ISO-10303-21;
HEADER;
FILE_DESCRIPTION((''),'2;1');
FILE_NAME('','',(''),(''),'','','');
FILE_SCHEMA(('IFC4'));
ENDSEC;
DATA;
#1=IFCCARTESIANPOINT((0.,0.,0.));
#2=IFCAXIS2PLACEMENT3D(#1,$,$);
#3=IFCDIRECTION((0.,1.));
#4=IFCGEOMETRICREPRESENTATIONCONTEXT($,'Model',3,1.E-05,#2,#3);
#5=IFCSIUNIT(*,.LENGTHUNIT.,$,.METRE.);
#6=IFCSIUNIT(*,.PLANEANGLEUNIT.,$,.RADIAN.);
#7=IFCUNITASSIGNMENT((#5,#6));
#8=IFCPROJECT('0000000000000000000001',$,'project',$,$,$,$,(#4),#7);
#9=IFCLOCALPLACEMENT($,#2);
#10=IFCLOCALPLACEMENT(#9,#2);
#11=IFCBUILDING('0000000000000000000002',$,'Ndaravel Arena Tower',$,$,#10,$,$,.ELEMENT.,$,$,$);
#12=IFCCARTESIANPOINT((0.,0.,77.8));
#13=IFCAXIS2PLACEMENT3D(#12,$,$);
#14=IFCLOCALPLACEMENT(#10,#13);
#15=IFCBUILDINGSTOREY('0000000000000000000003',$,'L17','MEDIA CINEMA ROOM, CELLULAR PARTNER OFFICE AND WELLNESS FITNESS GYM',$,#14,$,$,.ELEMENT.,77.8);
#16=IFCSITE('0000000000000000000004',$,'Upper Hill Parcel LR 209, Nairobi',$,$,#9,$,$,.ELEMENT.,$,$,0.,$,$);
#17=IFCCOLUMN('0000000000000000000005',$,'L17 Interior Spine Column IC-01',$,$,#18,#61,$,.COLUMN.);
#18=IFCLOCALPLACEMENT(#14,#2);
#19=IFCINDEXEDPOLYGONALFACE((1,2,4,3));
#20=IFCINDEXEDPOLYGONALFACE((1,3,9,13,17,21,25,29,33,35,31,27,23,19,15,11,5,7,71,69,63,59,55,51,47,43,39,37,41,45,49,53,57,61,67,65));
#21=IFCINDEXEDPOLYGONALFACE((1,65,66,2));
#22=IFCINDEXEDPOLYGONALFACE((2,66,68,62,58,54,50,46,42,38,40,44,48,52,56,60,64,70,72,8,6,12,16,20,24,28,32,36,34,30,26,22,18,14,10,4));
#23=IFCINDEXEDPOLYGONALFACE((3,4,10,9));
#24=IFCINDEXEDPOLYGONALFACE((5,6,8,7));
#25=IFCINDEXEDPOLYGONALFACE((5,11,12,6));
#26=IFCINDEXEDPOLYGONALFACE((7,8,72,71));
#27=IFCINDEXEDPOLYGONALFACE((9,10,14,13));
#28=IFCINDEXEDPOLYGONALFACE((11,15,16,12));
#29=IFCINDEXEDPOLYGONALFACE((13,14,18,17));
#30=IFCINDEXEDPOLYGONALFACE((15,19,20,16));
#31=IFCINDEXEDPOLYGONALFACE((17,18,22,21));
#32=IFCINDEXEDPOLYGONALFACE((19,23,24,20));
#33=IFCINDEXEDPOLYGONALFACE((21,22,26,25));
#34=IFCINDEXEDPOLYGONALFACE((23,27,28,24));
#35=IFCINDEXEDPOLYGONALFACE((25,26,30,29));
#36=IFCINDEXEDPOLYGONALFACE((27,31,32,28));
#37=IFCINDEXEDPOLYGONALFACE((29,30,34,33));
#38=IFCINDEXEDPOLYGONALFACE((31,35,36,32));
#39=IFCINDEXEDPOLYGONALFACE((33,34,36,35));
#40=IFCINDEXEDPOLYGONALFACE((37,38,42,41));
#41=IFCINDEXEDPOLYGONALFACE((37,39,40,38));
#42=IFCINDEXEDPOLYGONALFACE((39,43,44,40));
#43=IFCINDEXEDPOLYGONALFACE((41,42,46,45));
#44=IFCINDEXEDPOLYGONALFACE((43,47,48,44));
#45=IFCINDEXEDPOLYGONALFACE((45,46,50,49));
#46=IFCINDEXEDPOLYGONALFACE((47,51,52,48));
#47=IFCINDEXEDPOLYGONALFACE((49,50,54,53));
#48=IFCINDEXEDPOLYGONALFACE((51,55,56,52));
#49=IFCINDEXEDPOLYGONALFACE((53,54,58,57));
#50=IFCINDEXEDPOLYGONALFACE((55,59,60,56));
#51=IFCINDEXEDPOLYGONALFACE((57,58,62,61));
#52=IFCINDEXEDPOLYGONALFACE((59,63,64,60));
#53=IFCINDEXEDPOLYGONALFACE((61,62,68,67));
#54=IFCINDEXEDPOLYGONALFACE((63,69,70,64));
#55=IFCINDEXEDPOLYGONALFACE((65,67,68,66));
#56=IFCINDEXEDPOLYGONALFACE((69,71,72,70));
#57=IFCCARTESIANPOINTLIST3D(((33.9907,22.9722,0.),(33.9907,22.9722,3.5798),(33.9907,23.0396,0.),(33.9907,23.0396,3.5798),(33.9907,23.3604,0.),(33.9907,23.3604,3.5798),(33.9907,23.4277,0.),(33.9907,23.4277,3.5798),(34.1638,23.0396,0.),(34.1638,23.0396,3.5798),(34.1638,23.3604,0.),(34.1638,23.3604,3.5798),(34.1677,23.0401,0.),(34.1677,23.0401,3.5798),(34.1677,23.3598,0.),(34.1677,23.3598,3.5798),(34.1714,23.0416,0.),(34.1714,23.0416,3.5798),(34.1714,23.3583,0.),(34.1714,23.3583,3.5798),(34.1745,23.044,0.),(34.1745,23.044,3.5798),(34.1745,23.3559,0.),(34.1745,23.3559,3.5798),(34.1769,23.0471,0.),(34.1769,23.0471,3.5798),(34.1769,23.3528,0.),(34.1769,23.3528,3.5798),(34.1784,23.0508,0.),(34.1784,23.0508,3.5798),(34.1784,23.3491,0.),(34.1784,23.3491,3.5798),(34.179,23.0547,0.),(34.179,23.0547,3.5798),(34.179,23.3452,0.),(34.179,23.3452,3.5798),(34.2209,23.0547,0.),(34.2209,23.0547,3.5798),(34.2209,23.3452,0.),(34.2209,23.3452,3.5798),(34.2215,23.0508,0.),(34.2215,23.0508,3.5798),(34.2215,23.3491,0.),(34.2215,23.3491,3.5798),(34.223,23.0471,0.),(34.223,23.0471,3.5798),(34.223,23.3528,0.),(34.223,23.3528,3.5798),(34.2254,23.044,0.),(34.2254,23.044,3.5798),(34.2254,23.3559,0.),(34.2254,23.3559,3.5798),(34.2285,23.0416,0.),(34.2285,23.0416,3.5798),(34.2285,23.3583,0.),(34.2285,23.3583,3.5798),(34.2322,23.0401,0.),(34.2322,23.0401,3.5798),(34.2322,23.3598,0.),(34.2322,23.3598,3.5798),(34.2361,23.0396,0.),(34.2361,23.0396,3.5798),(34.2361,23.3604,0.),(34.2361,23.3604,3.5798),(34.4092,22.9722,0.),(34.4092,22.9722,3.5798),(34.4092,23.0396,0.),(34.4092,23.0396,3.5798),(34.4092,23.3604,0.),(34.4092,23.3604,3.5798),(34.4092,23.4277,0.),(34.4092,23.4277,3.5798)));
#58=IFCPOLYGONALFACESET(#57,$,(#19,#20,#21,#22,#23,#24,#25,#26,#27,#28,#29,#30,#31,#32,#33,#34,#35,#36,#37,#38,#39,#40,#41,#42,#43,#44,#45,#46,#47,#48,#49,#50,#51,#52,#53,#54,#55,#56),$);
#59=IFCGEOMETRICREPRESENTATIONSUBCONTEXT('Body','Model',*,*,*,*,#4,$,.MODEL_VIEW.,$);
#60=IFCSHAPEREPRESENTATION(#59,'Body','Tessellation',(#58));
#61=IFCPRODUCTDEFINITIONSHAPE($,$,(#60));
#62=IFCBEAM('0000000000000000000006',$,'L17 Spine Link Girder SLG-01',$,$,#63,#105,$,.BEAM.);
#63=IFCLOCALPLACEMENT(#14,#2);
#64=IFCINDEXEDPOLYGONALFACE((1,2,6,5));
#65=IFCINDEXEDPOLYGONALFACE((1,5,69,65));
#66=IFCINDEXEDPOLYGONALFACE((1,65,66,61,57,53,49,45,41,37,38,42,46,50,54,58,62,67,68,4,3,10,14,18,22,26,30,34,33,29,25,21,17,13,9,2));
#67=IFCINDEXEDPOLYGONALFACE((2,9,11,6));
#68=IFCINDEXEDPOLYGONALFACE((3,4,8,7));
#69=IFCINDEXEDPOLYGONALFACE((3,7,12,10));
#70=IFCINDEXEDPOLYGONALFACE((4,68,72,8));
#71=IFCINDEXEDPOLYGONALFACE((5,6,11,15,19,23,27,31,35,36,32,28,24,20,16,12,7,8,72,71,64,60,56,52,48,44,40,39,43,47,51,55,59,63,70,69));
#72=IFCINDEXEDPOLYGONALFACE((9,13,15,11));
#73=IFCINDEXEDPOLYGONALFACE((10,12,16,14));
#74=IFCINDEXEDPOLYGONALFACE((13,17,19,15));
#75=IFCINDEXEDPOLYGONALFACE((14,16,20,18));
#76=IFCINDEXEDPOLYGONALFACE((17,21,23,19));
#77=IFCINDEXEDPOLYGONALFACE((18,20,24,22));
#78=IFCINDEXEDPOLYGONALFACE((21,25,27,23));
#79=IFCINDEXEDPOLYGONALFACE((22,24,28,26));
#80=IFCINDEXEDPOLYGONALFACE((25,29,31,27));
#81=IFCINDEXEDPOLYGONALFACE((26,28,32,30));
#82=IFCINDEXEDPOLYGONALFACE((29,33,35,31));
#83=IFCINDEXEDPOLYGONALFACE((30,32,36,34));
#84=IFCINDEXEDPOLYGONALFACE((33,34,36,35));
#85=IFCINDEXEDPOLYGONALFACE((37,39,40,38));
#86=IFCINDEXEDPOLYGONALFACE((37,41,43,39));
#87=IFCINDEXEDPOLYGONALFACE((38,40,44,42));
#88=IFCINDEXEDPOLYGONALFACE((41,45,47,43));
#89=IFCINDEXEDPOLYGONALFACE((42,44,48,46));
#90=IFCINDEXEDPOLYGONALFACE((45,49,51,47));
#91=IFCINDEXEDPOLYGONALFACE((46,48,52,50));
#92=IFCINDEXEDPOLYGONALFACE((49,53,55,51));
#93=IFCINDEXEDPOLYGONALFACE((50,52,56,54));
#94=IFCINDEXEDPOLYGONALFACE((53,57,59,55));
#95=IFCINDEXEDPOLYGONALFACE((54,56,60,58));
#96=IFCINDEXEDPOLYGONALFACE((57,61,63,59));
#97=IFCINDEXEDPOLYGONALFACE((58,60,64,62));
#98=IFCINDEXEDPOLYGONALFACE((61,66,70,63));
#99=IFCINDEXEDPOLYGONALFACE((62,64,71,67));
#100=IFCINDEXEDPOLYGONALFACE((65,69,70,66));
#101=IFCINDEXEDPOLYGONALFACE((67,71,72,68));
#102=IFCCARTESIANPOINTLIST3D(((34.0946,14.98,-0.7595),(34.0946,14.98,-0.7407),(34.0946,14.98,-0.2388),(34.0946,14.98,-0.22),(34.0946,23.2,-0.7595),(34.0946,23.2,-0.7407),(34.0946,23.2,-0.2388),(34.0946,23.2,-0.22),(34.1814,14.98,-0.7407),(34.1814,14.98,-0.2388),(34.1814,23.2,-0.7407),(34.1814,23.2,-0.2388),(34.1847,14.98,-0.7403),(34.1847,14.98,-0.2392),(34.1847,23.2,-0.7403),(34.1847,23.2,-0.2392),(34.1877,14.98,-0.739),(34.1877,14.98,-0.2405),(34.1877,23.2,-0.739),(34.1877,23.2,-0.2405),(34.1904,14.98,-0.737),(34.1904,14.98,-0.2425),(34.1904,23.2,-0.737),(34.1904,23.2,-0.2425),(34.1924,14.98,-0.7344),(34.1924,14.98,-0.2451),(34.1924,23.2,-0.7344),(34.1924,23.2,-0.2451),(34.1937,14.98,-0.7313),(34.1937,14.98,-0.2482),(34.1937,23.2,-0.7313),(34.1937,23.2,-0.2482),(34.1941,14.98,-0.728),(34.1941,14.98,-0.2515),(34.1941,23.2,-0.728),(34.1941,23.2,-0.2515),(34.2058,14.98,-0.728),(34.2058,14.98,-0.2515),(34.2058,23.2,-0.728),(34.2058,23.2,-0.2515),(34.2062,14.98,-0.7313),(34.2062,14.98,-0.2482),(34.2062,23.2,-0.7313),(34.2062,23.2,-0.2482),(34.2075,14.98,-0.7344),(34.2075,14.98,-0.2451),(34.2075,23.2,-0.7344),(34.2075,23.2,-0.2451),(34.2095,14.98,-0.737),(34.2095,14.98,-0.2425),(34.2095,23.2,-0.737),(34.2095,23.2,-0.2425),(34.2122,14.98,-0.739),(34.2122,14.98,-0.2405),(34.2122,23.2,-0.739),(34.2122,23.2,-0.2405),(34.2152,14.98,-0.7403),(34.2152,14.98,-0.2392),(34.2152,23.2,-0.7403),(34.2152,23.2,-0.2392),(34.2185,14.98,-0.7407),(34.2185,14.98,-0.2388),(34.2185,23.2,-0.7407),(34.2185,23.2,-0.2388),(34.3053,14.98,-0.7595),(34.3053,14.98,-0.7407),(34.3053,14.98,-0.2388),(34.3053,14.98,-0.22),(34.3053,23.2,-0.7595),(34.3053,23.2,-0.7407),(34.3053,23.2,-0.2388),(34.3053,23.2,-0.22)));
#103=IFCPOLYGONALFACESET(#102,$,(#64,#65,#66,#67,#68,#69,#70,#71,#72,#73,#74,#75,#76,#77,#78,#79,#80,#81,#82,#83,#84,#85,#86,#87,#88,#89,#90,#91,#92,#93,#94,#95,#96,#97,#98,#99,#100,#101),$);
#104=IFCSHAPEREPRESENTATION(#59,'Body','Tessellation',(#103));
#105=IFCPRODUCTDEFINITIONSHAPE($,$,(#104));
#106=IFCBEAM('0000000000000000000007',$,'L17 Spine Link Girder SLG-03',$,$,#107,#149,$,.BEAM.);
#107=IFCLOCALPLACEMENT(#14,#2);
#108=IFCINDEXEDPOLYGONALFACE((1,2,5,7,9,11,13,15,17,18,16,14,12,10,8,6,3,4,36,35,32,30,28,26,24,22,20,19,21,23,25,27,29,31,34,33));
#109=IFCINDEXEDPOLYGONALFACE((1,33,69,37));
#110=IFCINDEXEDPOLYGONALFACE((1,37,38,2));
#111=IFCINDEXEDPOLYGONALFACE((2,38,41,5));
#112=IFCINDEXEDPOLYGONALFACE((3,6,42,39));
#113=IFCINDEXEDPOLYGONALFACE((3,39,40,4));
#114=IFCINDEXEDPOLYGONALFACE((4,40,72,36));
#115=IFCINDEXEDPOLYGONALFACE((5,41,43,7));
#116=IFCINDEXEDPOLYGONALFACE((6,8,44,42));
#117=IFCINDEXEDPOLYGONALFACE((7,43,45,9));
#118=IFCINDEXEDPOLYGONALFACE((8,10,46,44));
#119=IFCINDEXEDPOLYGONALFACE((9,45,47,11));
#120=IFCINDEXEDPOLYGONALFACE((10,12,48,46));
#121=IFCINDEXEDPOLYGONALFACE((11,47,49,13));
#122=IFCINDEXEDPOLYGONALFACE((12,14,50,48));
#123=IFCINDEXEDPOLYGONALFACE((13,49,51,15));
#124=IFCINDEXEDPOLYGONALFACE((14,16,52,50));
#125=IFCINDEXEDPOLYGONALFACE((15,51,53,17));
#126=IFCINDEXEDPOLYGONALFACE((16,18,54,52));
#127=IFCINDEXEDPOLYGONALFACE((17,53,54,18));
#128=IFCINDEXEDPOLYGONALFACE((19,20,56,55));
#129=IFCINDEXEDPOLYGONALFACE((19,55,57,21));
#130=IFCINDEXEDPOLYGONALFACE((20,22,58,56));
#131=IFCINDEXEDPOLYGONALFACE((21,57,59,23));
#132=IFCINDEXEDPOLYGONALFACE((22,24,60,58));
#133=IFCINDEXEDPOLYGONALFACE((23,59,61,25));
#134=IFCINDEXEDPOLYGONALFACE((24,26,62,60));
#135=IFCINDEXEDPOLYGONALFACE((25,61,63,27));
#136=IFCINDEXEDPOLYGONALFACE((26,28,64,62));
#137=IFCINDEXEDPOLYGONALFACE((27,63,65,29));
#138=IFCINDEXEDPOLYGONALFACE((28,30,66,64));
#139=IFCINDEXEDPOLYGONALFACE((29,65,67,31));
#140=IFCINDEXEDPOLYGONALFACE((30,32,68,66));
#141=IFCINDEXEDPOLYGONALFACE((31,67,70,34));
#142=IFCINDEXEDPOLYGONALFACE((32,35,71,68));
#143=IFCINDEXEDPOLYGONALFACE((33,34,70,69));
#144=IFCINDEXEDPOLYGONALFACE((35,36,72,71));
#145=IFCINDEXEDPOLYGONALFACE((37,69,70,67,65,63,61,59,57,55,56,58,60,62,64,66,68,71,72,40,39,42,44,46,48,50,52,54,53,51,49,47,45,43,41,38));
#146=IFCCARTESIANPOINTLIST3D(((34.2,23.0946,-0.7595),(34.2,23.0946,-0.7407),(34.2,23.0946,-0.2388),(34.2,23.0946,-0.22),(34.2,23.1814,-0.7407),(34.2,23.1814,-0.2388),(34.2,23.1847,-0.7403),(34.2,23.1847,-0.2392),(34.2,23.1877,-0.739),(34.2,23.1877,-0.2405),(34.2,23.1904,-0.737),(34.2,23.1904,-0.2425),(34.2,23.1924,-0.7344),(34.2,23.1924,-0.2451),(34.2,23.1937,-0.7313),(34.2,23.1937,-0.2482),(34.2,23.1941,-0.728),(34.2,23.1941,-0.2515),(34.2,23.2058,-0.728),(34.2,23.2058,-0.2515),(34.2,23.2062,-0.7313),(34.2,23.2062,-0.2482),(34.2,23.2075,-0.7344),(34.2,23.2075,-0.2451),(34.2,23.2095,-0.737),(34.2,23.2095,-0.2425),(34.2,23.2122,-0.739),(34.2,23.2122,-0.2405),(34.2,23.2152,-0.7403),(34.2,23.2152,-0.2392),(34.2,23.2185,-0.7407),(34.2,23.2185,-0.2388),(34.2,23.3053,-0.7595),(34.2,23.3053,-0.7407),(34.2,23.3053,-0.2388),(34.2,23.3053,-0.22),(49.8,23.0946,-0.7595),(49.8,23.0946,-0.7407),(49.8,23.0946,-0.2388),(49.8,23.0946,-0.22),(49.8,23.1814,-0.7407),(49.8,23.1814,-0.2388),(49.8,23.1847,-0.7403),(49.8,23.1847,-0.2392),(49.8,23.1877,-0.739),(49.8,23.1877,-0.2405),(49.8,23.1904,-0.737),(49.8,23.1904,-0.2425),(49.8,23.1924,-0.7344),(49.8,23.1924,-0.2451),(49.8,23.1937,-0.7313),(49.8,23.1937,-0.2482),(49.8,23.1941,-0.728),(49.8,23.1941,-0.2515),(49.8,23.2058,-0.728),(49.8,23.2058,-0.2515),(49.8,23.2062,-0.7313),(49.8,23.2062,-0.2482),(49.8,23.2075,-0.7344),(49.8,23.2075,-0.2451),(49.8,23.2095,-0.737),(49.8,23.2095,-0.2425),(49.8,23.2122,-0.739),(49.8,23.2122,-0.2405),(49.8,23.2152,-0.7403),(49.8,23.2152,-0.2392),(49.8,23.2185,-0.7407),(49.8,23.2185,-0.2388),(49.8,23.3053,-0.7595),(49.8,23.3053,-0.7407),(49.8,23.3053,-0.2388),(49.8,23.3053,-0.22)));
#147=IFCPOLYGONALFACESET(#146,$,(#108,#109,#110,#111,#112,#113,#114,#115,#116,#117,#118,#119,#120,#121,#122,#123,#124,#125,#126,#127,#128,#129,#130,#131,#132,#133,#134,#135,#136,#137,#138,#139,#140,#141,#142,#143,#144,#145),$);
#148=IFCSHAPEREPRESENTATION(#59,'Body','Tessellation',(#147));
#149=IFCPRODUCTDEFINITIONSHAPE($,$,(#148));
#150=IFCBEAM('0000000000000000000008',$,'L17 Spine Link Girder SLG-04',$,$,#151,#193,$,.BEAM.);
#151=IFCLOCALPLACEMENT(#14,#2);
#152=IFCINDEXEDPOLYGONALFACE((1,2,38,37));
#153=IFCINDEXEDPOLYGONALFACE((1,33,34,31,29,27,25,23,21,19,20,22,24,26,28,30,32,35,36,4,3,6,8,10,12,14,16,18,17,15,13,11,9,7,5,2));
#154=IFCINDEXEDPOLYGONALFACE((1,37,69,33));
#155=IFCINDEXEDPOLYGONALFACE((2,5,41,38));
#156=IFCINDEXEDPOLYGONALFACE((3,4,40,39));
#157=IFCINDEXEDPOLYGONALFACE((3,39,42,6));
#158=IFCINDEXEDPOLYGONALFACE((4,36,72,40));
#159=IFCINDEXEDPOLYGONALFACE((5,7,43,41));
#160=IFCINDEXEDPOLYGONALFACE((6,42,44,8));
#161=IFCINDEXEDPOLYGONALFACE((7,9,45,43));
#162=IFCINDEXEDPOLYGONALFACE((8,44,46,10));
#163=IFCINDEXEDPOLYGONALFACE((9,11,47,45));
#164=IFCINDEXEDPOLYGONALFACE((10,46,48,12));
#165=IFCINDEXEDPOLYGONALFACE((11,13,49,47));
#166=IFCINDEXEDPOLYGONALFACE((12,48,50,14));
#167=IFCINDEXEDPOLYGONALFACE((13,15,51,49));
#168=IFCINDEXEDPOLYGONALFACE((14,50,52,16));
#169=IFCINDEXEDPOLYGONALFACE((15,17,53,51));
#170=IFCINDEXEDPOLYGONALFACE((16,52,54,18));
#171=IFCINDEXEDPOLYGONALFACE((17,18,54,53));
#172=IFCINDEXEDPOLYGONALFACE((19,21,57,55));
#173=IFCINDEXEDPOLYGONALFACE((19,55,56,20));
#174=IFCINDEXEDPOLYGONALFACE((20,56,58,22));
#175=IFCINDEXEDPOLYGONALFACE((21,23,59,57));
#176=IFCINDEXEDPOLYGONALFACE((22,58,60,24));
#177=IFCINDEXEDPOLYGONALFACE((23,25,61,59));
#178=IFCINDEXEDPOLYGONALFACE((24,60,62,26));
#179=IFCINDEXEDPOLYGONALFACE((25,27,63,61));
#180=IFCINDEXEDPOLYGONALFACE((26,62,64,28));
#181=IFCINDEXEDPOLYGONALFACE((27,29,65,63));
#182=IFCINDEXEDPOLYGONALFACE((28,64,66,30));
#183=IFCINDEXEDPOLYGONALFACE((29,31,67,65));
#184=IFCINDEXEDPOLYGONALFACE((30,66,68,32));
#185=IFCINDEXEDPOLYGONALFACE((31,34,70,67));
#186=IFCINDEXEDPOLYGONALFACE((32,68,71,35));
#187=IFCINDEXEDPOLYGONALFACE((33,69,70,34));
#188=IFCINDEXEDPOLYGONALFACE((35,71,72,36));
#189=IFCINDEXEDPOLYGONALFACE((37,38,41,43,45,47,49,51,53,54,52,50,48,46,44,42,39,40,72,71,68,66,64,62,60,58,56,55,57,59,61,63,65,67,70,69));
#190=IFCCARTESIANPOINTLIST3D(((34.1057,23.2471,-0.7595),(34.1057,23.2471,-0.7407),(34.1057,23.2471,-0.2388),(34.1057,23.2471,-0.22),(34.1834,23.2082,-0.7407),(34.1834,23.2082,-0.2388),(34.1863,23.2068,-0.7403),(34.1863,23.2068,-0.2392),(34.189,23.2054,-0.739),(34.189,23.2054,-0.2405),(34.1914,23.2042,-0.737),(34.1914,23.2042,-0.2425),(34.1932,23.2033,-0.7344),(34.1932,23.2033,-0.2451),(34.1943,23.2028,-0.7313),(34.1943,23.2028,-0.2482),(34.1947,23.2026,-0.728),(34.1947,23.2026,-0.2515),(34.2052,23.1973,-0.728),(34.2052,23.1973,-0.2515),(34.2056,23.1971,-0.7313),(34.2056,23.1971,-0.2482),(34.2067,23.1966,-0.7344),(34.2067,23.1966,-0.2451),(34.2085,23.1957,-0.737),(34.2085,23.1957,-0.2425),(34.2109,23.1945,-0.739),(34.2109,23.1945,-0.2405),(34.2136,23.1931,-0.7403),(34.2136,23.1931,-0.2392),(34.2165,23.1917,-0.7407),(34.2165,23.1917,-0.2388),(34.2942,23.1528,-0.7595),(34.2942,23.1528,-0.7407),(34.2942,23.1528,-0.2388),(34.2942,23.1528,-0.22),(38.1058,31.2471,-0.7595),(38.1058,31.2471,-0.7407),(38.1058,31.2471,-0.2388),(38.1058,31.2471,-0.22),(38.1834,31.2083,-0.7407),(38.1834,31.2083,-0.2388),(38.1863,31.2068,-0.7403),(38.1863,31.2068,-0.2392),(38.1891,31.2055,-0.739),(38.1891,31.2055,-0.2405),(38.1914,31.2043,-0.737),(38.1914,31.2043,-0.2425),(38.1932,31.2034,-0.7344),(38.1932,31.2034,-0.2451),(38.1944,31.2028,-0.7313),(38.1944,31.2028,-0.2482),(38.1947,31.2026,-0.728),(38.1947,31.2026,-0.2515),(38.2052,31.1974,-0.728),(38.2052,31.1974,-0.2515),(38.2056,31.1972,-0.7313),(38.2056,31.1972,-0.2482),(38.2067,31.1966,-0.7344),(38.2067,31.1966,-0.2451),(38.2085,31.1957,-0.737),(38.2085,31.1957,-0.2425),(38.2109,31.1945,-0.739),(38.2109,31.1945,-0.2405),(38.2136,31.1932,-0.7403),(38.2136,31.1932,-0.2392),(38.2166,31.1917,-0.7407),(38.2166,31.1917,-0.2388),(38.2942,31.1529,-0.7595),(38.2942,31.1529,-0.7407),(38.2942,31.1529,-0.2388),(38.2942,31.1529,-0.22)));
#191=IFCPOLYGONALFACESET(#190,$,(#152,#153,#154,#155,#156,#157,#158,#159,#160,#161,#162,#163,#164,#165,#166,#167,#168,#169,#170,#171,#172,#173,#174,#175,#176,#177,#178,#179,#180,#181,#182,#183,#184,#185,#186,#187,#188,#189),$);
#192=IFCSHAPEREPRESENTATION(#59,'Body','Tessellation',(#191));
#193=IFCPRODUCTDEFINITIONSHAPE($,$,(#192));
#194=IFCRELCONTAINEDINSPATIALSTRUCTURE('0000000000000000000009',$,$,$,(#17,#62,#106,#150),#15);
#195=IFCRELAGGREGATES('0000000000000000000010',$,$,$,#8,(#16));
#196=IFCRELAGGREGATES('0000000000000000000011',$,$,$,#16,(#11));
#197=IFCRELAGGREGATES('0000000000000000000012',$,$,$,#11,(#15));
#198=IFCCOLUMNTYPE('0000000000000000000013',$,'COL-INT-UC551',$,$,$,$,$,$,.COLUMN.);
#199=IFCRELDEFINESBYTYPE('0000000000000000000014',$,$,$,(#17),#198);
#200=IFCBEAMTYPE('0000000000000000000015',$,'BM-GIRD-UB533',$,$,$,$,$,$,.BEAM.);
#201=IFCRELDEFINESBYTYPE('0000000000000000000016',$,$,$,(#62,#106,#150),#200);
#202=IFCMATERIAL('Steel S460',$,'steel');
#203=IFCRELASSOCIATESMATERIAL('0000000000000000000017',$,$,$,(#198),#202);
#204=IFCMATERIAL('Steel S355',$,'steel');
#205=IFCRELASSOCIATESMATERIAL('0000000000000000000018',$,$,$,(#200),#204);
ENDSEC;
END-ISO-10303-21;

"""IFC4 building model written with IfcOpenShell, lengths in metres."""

from ifc_helpers import new_model, si_unit, direction, frame, origin, origin_2d, place, context, subcontext, project, spatial, i_section, extrude, material, material_profile, profile_set, type_object, element, save


model = new_model("IFC4")

# Units and contexts
model_context = context("Model", 3, precision=1e-05, world=origin(), true_north=direction((0.0, 1.0)))
body_context = subcontext(model_context, "Body", "Model", "MODEL_VIEW")
ifc_project = project(units=[si_unit("LENGTHUNIT", "METRE"), si_unit("PLANEANGLEUNIT", "RADIAN")], contexts=[model_context])

# Site, building, storey
site_placement = place(None, origin())
site = spatial("IfcSite", under=ifc_project, at=site_placement, Name="Upper Hill Parcel LR 209, Nairobi", CompositionType="ELEMENT", RefElevation=0.0)
building_placement = place(site_placement, origin())
building = spatial("IfcBuilding", under=site, at=building_placement, Name="Ndaravel Arena Tower", CompositionType="ELEMENT")
storey_placement = place(building_placement, frame((0.0, 0.0, 77.8)))
storey = spatial("IfcBuildingStorey", under=building, at=storey_placement, Name="L17", Description="MEDIA CINEMA ROOM, CELLULAR PARTNER OFFICE AND WELLNESS FITNESS GYM", CompositionType="ELEMENT", Elevation=77.8)

# Column
ifc_material_1 = material(Name="Steel S460", Category="steel")
ifc_material_profile_1 = material_profile(ifc_material_1, i_section(OverallWidth=0.4185, OverallDepth=0.4556, WebThickness=0.042, FlangeThickness=0.0674, FilletRadius=0.0151, at=origin_2d()), Name="UC 356x406x551")
ifc_profile_set_1 = profile_set([ifc_material_profile_1], Name="Steel S460")
column_type = type_object("IfcColumnType", Name="COL-INT-UC551", PredefinedType="COLUMN", material=ifc_profile_set_1)
column_placement = place(storey_placement, frame((34.2, 23.2, 0.0), z_axis=(0.0, 0.0, 1.0), x_axis=(1.0, 0.0, 0.0)))
element("IfcColumn", 1, at=column_placement, inside=storey, type_object=column_type, Name="L17 Interior Spine Column IC-01", PredefinedType="COLUMN", context=body_context, shape_type="SweptSolid", body=[
    extrude(i_section(OverallWidth=0.4185, OverallDepth=0.4556, WebThickness=0.042, FlangeThickness=0.0674, FilletRadius=0.0151, at=origin_2d()), origin(), (0.0, 0.0, 1.0), 3.5798),
])

# Beams
ifc_material_2 = material(Name="Steel S355", Category="steel")
ifc_material_profile_2 = material_profile(ifc_material_2, i_section(OverallWidth=0.2107, OverallDepth=0.5396, WebThickness=0.0117, FlangeThickness=0.0188, FilletRadius=0.0127, at=origin_2d()), Name="UB 533x210x109")
ifc_profile_set_2 = profile_set([ifc_material_profile_2], Name="Steel S355")
beam_type = type_object("IfcBeamType", Name="BM-GIRD-UB533", PredefinedType="BEAM", material=ifc_profile_set_2)
beam_1_placement = place(storey_placement, frame((34.2, 14.98, -0.4897), z_axis=(0.0, 1.0, 0.0), x_axis=(-1.0, 0.0, 0.0)))
element("IfcBeam", 2, at=beam_1_placement, inside=storey, type_object=beam_type, Name="L17 Spine Link Girder SLG-01", PredefinedType="BEAM", context=body_context, shape_type="SweptSolid", body=[
    extrude(i_section(OverallWidth=0.2107, OverallDepth=0.5396, WebThickness=0.0117, FlangeThickness=0.0188, FilletRadius=0.0127, at=origin_2d()), origin(), (0.0, 0.0, 1.0), 8.22),
])
beam_2_placement = place(storey_placement, frame((34.2, 23.2, -0.4897), z_axis=(1.0, 0.0, 0.0), x_axis=(0.0, 1.0, 0.0)))
element("IfcBeam", 3, at=beam_2_placement, inside=storey, type_object=beam_type, Name="L17 Spine Link Girder SLG-03", PredefinedType="BEAM", context=body_context, shape_type="SweptSolid", body=[
    extrude(i_section(OverallWidth=0.2107, OverallDepth=0.5396, WebThickness=0.0117, FlangeThickness=0.0188, FilletRadius=0.0127, at=origin_2d()), origin(), (0.0, 0.0, 1.0), 15.6001),
])
beam_3_placement = place(storey_placement, frame((34.2, 23.2, -0.4897), z_axis=(0.447214, 0.894427, 0.0), x_axis=(-0.894427, 0.447214, 0.0)))
element("IfcBeam", 4, at=beam_3_placement, inside=storey, type_object=beam_type, Name="L17 Spine Link Girder SLG-04", PredefinedType="BEAM", context=body_context, shape_type="SweptSolid", body=[
    extrude(i_section(OverallWidth=0.2107, OverallDepth=0.5396, WebThickness=0.0117, FlangeThickness=0.0188, FilletRadius=0.0127, at=origin_2d()), origin(), (0.0, 0.0, 1.0), 8.9443),
])

save(model, "model.ifc")
